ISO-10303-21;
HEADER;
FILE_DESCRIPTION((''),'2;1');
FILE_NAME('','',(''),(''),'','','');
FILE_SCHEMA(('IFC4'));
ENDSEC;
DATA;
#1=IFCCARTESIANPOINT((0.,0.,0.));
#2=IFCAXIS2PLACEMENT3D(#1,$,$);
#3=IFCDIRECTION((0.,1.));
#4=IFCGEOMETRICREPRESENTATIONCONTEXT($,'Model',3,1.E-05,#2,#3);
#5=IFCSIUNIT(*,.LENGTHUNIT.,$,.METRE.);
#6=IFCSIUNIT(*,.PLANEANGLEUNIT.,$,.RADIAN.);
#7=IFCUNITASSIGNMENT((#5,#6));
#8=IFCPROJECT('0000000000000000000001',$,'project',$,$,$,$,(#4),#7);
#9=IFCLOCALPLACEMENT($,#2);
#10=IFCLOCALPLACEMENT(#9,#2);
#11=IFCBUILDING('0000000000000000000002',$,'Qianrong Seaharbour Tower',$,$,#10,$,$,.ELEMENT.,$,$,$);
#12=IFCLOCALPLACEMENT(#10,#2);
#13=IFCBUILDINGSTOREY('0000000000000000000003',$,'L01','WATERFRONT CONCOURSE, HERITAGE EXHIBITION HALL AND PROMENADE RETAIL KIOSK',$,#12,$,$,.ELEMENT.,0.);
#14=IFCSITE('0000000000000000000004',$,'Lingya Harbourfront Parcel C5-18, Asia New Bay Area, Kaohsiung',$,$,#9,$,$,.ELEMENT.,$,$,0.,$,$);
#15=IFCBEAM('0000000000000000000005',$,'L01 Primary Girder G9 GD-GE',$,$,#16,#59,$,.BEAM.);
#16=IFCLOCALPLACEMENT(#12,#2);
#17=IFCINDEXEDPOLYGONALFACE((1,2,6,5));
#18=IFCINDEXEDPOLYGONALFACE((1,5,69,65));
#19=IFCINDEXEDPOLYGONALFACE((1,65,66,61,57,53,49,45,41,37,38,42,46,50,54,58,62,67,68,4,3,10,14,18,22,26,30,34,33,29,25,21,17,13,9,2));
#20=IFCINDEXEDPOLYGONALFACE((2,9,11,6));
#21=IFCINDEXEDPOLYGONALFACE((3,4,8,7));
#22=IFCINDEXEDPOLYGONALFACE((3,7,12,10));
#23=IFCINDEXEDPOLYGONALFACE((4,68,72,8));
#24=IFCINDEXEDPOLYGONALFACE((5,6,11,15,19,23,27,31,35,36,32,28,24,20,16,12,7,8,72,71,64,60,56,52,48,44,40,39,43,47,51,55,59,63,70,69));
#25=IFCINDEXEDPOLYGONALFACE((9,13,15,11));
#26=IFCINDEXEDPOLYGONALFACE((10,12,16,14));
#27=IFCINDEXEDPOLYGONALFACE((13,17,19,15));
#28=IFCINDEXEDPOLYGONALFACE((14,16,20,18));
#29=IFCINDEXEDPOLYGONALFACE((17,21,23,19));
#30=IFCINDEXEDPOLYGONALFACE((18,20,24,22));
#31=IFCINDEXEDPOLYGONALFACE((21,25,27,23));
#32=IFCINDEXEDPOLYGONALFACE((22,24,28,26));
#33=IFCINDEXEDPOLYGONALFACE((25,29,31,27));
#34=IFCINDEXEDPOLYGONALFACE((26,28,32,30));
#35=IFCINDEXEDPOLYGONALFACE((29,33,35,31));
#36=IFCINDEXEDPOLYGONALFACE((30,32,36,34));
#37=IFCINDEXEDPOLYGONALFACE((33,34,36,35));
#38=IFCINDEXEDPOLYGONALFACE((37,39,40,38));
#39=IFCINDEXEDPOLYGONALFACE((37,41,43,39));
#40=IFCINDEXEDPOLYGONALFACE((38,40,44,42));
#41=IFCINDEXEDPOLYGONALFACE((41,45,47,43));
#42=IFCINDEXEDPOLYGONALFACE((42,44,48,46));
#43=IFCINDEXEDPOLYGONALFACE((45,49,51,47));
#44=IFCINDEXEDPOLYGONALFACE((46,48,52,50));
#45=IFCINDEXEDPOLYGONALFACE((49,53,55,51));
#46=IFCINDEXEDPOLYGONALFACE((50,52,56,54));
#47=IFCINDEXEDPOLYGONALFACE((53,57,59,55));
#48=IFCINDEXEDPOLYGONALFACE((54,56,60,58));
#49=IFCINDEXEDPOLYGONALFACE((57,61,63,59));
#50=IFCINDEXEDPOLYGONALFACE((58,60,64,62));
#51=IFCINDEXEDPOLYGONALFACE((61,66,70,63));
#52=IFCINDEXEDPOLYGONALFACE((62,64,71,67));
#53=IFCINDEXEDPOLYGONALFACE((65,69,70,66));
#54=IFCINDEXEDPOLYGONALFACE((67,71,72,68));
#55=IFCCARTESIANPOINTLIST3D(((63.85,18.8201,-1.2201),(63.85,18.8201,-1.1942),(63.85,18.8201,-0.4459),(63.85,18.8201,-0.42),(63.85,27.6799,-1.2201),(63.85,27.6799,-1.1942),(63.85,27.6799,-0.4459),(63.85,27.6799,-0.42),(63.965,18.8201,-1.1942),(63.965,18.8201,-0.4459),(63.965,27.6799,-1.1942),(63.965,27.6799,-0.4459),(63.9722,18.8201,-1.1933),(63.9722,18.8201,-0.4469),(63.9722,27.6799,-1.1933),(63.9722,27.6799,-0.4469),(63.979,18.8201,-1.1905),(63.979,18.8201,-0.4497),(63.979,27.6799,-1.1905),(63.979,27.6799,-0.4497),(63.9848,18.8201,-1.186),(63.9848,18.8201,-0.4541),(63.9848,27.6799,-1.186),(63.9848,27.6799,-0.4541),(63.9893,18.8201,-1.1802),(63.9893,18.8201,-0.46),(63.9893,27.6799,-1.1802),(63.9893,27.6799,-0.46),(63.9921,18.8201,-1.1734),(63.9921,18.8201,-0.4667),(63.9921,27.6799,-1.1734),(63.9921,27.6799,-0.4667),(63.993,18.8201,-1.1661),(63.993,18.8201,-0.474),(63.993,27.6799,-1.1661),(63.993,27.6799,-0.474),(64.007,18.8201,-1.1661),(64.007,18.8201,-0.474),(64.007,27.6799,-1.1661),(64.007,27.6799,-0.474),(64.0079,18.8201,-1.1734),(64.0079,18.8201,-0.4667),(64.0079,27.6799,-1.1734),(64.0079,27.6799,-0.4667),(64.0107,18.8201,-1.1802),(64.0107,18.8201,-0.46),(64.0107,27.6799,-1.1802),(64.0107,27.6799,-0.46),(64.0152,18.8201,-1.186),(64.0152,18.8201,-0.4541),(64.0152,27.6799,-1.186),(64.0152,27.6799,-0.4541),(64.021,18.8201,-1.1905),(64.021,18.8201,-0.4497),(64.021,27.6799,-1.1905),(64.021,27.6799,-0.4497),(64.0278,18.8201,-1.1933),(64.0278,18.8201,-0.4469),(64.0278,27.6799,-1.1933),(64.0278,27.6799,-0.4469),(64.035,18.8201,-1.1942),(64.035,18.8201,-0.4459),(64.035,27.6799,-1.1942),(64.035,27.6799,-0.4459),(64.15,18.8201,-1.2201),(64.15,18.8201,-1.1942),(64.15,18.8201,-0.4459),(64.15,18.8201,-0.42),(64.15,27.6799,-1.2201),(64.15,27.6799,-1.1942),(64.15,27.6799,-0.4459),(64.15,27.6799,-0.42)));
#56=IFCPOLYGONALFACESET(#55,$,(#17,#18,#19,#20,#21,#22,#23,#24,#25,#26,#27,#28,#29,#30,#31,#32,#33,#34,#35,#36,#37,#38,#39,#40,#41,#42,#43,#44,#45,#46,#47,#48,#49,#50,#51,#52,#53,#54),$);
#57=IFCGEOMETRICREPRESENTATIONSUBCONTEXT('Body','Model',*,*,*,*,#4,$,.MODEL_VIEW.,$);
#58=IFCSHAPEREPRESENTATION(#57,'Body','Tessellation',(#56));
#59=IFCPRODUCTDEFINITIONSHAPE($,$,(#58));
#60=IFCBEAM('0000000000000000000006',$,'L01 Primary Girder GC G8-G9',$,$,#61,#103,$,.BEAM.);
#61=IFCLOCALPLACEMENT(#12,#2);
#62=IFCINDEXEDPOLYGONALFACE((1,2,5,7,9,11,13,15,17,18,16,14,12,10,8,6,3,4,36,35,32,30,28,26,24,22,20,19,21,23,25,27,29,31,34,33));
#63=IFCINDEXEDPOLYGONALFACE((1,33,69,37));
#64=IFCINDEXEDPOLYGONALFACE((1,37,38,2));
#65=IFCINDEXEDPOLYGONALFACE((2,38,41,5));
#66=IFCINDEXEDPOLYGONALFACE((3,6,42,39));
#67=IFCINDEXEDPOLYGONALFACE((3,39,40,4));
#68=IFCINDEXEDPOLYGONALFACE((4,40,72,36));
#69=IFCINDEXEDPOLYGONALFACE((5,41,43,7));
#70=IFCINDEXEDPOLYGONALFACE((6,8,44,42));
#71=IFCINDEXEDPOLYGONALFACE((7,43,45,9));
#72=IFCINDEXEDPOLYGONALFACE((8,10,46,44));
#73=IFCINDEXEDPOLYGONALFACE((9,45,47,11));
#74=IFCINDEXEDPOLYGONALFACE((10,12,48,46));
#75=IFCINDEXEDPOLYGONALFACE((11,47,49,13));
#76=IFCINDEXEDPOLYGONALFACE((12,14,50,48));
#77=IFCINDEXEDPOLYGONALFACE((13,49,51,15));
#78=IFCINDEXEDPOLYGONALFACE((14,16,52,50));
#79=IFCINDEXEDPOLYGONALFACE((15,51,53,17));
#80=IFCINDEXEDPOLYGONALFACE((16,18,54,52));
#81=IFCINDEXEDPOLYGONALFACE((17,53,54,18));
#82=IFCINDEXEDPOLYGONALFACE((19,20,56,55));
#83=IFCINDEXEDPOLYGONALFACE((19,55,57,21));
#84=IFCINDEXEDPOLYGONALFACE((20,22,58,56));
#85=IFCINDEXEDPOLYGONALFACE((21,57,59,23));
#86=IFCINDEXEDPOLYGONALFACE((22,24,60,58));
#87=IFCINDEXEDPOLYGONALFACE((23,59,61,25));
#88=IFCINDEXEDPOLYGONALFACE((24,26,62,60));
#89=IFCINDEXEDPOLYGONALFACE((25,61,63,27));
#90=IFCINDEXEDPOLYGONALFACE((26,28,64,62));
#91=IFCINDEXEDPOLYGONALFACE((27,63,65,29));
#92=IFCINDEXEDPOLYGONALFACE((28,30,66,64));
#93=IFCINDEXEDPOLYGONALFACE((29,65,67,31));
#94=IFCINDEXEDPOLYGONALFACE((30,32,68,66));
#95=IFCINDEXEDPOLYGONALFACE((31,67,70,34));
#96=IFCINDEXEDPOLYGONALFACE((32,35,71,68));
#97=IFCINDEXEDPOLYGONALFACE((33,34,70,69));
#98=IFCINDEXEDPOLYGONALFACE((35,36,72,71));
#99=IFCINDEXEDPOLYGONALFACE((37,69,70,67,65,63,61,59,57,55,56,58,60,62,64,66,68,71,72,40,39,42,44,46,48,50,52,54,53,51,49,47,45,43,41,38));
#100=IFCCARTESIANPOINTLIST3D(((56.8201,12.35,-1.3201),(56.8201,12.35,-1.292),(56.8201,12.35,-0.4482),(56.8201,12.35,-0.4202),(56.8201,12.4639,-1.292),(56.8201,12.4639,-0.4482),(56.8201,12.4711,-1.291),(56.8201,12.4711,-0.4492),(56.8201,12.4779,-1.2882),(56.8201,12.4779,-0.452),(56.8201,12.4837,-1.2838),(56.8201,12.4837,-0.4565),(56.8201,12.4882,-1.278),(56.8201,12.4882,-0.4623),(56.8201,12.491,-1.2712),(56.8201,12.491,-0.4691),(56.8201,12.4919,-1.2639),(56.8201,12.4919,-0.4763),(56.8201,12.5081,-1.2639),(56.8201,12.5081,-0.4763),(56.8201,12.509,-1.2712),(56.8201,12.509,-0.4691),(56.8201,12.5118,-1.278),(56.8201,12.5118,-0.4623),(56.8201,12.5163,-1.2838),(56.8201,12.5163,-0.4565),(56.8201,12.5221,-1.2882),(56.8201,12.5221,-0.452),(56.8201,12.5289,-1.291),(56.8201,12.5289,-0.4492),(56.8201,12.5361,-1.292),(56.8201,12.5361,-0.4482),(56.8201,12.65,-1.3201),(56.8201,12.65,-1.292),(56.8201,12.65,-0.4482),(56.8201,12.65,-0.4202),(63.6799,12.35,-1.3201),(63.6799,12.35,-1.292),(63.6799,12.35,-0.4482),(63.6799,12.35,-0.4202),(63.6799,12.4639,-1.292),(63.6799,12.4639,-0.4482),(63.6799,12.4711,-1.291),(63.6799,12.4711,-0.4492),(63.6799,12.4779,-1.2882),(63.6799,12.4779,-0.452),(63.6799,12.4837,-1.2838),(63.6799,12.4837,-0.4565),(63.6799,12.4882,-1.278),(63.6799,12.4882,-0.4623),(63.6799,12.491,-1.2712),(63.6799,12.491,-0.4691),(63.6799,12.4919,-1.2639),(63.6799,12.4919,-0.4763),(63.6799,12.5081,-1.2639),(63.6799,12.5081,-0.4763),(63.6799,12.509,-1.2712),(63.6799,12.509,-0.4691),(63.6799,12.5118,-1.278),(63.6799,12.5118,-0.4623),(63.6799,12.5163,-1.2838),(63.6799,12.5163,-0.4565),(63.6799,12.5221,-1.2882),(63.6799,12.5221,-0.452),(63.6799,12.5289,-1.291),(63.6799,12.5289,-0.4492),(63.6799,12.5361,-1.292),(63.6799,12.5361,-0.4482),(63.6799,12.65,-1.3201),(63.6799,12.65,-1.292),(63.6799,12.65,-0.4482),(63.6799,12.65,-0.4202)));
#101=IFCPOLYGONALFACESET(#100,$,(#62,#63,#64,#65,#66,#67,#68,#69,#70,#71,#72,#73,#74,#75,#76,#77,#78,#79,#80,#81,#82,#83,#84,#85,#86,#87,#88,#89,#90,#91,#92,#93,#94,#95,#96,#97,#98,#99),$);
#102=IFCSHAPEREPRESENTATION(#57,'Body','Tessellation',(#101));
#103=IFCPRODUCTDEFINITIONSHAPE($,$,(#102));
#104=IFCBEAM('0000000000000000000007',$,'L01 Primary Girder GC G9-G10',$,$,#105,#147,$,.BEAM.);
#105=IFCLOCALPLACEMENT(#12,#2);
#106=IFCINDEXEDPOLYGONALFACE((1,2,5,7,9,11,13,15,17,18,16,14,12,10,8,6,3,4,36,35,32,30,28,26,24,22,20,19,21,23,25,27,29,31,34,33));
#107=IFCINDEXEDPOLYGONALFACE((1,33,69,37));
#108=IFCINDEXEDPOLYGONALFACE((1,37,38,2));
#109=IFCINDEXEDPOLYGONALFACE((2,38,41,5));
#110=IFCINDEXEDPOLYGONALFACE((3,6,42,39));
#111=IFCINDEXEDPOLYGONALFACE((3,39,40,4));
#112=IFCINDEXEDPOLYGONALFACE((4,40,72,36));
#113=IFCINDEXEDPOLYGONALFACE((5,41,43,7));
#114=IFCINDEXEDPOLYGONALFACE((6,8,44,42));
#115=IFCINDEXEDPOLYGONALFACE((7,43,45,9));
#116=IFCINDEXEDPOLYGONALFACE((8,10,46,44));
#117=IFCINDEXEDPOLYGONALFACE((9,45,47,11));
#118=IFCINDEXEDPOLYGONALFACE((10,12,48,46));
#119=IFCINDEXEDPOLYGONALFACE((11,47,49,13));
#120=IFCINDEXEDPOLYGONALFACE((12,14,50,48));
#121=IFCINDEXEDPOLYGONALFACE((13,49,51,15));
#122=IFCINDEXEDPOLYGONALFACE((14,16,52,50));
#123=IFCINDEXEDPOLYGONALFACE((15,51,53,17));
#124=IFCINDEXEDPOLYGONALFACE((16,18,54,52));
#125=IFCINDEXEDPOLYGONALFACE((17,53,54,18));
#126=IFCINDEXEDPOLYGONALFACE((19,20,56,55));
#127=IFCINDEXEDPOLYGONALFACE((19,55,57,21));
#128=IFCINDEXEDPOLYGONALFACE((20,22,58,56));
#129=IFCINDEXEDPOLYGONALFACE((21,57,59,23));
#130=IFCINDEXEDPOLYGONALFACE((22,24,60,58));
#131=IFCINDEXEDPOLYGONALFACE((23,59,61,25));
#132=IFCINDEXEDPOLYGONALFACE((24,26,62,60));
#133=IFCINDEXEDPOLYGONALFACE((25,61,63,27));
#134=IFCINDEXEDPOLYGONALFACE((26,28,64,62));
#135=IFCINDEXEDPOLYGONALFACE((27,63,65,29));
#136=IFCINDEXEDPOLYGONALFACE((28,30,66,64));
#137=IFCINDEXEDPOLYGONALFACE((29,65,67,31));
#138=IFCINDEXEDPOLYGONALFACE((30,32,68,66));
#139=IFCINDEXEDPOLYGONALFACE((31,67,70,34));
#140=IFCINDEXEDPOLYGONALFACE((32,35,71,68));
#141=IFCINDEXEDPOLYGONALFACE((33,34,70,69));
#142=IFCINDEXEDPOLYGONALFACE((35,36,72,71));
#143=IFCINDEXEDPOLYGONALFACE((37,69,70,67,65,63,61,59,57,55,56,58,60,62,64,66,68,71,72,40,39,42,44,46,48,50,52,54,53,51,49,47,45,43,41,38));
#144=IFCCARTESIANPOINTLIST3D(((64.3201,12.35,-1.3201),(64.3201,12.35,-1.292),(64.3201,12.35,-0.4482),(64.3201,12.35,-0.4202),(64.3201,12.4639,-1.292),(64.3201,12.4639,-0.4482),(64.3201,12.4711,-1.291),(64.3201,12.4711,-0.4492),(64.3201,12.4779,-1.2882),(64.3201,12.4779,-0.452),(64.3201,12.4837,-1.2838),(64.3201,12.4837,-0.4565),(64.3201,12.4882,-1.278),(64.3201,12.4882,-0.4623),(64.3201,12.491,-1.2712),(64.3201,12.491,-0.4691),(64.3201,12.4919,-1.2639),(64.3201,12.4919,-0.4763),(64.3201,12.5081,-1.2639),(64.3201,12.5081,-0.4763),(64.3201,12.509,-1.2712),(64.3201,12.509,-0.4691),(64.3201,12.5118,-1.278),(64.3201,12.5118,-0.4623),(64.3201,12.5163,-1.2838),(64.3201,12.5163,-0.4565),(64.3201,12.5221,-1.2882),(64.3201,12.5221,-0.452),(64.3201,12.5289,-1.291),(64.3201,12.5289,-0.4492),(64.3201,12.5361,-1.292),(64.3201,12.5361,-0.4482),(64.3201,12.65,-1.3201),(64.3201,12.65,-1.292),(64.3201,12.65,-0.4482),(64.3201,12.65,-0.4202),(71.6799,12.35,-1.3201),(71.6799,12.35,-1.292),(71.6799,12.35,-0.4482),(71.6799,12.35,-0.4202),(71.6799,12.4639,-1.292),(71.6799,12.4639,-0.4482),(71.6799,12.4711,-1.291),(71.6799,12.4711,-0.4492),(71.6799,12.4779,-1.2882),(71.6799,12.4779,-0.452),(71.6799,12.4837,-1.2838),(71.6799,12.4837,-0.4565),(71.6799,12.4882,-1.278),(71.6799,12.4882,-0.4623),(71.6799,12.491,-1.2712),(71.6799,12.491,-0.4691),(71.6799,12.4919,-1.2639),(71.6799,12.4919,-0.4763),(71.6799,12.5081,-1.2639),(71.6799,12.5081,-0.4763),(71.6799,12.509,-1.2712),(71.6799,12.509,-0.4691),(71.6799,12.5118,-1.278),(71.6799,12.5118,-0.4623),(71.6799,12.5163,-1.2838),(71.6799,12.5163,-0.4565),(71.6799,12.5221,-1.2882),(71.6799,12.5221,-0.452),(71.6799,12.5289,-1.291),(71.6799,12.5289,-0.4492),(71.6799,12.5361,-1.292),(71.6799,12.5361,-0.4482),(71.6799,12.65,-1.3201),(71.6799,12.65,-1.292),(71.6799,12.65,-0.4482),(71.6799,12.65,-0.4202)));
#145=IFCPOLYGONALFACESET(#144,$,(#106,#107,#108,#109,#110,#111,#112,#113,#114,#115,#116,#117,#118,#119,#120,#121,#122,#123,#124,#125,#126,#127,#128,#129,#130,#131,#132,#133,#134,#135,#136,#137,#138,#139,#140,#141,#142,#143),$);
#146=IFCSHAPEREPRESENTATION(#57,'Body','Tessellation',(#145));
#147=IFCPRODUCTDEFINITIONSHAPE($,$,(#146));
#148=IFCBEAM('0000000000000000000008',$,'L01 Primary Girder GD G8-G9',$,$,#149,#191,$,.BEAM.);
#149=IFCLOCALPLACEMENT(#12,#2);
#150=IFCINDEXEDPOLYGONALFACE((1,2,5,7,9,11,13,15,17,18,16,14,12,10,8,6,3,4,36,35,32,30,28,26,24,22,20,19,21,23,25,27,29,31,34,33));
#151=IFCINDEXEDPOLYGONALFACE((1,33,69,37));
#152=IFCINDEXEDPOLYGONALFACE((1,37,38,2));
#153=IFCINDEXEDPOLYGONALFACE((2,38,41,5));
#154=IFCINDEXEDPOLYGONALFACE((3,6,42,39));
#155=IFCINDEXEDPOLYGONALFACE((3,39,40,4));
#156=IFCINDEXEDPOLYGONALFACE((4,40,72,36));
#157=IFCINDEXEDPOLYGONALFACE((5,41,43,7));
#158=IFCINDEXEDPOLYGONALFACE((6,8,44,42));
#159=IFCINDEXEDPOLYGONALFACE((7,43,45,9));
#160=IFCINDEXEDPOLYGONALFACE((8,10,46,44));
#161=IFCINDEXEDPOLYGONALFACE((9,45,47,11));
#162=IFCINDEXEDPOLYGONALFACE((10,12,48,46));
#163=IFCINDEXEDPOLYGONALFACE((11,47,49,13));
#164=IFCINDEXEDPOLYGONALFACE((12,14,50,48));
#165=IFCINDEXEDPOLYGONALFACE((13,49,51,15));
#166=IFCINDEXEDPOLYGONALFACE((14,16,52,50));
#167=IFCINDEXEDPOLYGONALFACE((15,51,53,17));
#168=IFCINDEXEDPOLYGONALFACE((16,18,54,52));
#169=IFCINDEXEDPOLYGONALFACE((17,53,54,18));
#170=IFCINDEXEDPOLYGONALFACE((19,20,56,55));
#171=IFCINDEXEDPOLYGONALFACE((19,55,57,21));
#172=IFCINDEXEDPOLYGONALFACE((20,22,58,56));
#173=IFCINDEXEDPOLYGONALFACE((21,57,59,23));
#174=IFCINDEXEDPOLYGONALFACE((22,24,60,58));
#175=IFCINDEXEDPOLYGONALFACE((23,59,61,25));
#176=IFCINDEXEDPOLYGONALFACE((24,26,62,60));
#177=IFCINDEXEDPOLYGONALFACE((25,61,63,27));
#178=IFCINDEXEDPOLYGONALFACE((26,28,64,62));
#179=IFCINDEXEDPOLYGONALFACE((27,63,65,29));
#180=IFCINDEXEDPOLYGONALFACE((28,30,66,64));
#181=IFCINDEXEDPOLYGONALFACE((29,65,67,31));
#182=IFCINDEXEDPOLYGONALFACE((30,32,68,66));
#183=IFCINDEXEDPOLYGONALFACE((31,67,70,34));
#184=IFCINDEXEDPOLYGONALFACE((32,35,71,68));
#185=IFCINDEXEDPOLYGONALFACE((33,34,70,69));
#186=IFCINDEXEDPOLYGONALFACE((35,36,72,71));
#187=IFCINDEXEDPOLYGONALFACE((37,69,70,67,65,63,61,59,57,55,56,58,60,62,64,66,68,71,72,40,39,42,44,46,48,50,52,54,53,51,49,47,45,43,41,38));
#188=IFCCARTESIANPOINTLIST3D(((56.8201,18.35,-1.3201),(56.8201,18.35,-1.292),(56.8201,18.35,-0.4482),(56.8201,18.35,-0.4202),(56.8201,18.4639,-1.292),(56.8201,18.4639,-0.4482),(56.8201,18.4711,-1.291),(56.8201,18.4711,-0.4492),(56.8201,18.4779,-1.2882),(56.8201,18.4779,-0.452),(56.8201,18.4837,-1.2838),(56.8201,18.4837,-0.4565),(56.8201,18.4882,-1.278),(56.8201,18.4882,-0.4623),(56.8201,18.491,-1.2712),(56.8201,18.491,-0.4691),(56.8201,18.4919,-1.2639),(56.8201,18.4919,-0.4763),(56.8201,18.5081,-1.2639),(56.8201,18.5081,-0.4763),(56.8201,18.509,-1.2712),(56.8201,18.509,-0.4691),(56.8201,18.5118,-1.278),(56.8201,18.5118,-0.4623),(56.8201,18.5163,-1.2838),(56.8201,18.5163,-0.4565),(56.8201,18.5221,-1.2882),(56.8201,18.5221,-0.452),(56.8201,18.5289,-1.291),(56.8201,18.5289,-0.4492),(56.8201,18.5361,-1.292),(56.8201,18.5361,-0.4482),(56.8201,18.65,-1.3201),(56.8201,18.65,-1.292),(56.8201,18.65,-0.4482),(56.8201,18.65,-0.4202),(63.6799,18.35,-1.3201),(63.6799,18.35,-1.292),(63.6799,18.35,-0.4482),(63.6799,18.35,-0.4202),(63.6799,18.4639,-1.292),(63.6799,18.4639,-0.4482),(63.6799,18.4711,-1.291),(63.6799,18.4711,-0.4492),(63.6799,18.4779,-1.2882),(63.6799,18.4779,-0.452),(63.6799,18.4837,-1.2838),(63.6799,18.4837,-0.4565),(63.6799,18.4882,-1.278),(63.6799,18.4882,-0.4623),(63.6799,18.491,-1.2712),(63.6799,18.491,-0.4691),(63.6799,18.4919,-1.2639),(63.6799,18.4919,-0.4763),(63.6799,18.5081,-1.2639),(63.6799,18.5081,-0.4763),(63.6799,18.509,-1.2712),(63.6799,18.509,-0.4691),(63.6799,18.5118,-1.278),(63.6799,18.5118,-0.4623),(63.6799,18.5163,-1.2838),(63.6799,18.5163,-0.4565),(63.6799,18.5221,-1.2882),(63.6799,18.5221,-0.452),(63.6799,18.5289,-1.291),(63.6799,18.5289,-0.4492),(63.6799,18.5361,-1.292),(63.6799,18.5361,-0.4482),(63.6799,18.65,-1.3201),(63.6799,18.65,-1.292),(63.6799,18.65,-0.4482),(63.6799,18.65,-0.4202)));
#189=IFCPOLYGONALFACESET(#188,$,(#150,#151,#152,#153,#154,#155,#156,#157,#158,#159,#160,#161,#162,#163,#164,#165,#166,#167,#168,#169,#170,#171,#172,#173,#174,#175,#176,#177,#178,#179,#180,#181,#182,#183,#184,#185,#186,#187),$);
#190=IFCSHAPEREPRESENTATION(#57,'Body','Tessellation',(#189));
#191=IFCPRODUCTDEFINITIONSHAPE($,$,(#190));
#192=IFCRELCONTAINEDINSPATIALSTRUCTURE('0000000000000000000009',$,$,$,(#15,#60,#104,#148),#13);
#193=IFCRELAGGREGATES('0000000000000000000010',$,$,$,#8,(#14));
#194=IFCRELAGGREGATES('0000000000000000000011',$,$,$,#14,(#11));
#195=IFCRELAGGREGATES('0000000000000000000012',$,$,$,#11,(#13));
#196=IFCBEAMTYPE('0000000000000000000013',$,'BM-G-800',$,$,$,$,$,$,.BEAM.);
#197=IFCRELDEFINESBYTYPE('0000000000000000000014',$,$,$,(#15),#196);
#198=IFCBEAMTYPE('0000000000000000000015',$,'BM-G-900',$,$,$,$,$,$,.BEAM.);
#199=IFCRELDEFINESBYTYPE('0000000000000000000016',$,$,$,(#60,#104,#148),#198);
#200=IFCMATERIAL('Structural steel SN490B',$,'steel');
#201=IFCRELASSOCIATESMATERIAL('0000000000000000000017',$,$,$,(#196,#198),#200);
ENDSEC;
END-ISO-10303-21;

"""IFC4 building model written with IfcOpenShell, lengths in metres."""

from ifc_helpers import new_model, si_unit, direction, frame, origin, origin_2d, place, context, subcontext, project, spatial, i_section, extrude, material, material_profile, profile_set, type_object, element, save


model = new_model("IFC4")

# Units and contexts
model_context = context("Model", 3, precision=1e-05, world=origin(), true_north=direction((0.0, 1.0)))
body_context = subcontext(model_context, "Body", "Model", "MODEL_VIEW")
ifc_project = project(units=[si_unit("LENGTHUNIT", "METRE"), si_unit("PLANEANGLEUNIT", "RADIAN")], contexts=[model_context])

# Site, building, storey
site_placement = place(None, origin())
site = spatial("IfcSite", under=ifc_project, at=site_placement, Name="Lingya Harbourfront Parcel C5-18, Asia New Bay Area, Kaohsiung", CompositionType="ELEMENT", RefElevation=0.0)
building_placement = place(site_placement, origin())
building = spatial("IfcBuilding", under=site, at=building_placement, Name="Qianrong Seaharbour Tower", CompositionType="ELEMENT")
storey_placement = place(building_placement, origin())
storey = spatial("IfcBuildingStorey", under=building, at=storey_placement, Name="L01", Description="WATERFRONT CONCOURSE, HERITAGE EXHIBITION HALL AND PROMENADE RETAIL KIOSK", CompositionType="ELEMENT", Elevation=0.0)

# Shared definitions
ifc_material_1 = material(Name="Structural steel SN490B", Category="steel")

# Beams
ifc_material_profile_1 = material_profile(ifc_material_1, i_section(OverallWidth=0.3, OverallDepth=0.8, WebThickness=0.0139, FlangeThickness=0.0259, FilletRadius=0.0281, at=origin_2d()), Name="H800x300x14x26")
ifc_profile_set_1 = profile_set([ifc_material_profile_1], Name="Structural steel SN490B")
beam_type_1 = type_object("IfcBeamType", Name="BM-G-800", PredefinedType="BEAM", material=ifc_profile_set_1)
for number, where, z_axis, x_axis, name in (
    (1, (64.0, 18.8201, -0.8201), (0.0, 1.0, 0.0), (-1.0, 0.0, 0.0), "L01 Primary Girder G9 GD-GE"),
):
    element("IfcBeam", number, at=place(storey_placement, frame(where, z_axis=z_axis, x_axis=x_axis)), inside=storey, type_object=beam_type_1, Name=name, PredefinedType="BEAM", context=body_context, shape_type="SweptSolid", body=[
        extrude(i_section(OverallWidth=0.3, OverallDepth=0.8, WebThickness=0.0139, FlangeThickness=0.0259, FilletRadius=0.0281, at=origin_2d()), origin(), (0.0, 0.0, 1.0), 8.8599),
    ])
ifc_material_profile_2 = material_profile(ifc_material_1, i_section(OverallWidth=0.3, OverallDepth=0.8999, WebThickness=0.0161, FlangeThickness=0.0281, FilletRadius=0.0281, at=origin_2d()), Name="H900x300x16x28")
ifc_profile_set_2 = profile_set([ifc_material_profile_2], Name="Structural steel SN490B")
beam_type_2 = type_object("IfcBeamType", Name="BM-G-900", PredefinedType="BEAM", material=ifc_profile_set_2)
beam_1_placement = place(storey_placement, frame((56.8201, 12.5, -0.8701), z_axis=(1.0, 0.0, 0.0), x_axis=(0.0, 1.0, 0.0)))
element("IfcBeam", 2, at=beam_1_placement, inside=storey, type_object=beam_type_2, Name="L01 Primary Girder GC G8-G9", PredefinedType="BEAM", context=body_context, shape_type="SweptSolid", body=[
    extrude(i_section(OverallWidth=0.3, OverallDepth=0.8999, WebThickness=0.0161, FlangeThickness=0.0281, FilletRadius=0.0281, at=origin_2d()), origin(), (0.0, 0.0, 1.0), 6.8599),
])
beam_2_placement = place(storey_placement, frame((64.3201, 12.5, -0.8701), z_axis=(1.0, 0.0, 0.0), x_axis=(0.0, 1.0, 0.0)))
element("IfcBeam", 3, at=beam_2_placement, inside=storey, type_object=beam_type_2, Name="L01 Primary Girder GC G9-G10", PredefinedType="BEAM", context=body_context, shape_type="SweptSolid", body=[
    extrude(i_section(OverallWidth=0.3, OverallDepth=0.8999, WebThickness=0.0161, FlangeThickness=0.0281, FilletRadius=0.0281, at=origin_2d()), origin(), (0.0, 0.0, 1.0), 7.3599),
])
beam_3_placement = place(storey_placement, frame((56.8201, 18.5, -0.8701), z_axis=(1.0, 0.0, 0.0), x_axis=(0.0, 1.0, 0.0)))
element("IfcBeam", 4, at=beam_3_placement, inside=storey, type_object=beam_type_2, Name="L01 Primary Girder GD G8-G9", PredefinedType="BEAM", context=body_context, shape_type="SweptSolid", body=[
    extrude(i_section(OverallWidth=0.3, OverallDepth=0.8999, WebThickness=0.0161, FlangeThickness=0.0281, FilletRadius=0.0281, at=origin_2d()), origin(), (0.0, 0.0, 1.0), 6.8599),
])

save(model, "model.ifc")
